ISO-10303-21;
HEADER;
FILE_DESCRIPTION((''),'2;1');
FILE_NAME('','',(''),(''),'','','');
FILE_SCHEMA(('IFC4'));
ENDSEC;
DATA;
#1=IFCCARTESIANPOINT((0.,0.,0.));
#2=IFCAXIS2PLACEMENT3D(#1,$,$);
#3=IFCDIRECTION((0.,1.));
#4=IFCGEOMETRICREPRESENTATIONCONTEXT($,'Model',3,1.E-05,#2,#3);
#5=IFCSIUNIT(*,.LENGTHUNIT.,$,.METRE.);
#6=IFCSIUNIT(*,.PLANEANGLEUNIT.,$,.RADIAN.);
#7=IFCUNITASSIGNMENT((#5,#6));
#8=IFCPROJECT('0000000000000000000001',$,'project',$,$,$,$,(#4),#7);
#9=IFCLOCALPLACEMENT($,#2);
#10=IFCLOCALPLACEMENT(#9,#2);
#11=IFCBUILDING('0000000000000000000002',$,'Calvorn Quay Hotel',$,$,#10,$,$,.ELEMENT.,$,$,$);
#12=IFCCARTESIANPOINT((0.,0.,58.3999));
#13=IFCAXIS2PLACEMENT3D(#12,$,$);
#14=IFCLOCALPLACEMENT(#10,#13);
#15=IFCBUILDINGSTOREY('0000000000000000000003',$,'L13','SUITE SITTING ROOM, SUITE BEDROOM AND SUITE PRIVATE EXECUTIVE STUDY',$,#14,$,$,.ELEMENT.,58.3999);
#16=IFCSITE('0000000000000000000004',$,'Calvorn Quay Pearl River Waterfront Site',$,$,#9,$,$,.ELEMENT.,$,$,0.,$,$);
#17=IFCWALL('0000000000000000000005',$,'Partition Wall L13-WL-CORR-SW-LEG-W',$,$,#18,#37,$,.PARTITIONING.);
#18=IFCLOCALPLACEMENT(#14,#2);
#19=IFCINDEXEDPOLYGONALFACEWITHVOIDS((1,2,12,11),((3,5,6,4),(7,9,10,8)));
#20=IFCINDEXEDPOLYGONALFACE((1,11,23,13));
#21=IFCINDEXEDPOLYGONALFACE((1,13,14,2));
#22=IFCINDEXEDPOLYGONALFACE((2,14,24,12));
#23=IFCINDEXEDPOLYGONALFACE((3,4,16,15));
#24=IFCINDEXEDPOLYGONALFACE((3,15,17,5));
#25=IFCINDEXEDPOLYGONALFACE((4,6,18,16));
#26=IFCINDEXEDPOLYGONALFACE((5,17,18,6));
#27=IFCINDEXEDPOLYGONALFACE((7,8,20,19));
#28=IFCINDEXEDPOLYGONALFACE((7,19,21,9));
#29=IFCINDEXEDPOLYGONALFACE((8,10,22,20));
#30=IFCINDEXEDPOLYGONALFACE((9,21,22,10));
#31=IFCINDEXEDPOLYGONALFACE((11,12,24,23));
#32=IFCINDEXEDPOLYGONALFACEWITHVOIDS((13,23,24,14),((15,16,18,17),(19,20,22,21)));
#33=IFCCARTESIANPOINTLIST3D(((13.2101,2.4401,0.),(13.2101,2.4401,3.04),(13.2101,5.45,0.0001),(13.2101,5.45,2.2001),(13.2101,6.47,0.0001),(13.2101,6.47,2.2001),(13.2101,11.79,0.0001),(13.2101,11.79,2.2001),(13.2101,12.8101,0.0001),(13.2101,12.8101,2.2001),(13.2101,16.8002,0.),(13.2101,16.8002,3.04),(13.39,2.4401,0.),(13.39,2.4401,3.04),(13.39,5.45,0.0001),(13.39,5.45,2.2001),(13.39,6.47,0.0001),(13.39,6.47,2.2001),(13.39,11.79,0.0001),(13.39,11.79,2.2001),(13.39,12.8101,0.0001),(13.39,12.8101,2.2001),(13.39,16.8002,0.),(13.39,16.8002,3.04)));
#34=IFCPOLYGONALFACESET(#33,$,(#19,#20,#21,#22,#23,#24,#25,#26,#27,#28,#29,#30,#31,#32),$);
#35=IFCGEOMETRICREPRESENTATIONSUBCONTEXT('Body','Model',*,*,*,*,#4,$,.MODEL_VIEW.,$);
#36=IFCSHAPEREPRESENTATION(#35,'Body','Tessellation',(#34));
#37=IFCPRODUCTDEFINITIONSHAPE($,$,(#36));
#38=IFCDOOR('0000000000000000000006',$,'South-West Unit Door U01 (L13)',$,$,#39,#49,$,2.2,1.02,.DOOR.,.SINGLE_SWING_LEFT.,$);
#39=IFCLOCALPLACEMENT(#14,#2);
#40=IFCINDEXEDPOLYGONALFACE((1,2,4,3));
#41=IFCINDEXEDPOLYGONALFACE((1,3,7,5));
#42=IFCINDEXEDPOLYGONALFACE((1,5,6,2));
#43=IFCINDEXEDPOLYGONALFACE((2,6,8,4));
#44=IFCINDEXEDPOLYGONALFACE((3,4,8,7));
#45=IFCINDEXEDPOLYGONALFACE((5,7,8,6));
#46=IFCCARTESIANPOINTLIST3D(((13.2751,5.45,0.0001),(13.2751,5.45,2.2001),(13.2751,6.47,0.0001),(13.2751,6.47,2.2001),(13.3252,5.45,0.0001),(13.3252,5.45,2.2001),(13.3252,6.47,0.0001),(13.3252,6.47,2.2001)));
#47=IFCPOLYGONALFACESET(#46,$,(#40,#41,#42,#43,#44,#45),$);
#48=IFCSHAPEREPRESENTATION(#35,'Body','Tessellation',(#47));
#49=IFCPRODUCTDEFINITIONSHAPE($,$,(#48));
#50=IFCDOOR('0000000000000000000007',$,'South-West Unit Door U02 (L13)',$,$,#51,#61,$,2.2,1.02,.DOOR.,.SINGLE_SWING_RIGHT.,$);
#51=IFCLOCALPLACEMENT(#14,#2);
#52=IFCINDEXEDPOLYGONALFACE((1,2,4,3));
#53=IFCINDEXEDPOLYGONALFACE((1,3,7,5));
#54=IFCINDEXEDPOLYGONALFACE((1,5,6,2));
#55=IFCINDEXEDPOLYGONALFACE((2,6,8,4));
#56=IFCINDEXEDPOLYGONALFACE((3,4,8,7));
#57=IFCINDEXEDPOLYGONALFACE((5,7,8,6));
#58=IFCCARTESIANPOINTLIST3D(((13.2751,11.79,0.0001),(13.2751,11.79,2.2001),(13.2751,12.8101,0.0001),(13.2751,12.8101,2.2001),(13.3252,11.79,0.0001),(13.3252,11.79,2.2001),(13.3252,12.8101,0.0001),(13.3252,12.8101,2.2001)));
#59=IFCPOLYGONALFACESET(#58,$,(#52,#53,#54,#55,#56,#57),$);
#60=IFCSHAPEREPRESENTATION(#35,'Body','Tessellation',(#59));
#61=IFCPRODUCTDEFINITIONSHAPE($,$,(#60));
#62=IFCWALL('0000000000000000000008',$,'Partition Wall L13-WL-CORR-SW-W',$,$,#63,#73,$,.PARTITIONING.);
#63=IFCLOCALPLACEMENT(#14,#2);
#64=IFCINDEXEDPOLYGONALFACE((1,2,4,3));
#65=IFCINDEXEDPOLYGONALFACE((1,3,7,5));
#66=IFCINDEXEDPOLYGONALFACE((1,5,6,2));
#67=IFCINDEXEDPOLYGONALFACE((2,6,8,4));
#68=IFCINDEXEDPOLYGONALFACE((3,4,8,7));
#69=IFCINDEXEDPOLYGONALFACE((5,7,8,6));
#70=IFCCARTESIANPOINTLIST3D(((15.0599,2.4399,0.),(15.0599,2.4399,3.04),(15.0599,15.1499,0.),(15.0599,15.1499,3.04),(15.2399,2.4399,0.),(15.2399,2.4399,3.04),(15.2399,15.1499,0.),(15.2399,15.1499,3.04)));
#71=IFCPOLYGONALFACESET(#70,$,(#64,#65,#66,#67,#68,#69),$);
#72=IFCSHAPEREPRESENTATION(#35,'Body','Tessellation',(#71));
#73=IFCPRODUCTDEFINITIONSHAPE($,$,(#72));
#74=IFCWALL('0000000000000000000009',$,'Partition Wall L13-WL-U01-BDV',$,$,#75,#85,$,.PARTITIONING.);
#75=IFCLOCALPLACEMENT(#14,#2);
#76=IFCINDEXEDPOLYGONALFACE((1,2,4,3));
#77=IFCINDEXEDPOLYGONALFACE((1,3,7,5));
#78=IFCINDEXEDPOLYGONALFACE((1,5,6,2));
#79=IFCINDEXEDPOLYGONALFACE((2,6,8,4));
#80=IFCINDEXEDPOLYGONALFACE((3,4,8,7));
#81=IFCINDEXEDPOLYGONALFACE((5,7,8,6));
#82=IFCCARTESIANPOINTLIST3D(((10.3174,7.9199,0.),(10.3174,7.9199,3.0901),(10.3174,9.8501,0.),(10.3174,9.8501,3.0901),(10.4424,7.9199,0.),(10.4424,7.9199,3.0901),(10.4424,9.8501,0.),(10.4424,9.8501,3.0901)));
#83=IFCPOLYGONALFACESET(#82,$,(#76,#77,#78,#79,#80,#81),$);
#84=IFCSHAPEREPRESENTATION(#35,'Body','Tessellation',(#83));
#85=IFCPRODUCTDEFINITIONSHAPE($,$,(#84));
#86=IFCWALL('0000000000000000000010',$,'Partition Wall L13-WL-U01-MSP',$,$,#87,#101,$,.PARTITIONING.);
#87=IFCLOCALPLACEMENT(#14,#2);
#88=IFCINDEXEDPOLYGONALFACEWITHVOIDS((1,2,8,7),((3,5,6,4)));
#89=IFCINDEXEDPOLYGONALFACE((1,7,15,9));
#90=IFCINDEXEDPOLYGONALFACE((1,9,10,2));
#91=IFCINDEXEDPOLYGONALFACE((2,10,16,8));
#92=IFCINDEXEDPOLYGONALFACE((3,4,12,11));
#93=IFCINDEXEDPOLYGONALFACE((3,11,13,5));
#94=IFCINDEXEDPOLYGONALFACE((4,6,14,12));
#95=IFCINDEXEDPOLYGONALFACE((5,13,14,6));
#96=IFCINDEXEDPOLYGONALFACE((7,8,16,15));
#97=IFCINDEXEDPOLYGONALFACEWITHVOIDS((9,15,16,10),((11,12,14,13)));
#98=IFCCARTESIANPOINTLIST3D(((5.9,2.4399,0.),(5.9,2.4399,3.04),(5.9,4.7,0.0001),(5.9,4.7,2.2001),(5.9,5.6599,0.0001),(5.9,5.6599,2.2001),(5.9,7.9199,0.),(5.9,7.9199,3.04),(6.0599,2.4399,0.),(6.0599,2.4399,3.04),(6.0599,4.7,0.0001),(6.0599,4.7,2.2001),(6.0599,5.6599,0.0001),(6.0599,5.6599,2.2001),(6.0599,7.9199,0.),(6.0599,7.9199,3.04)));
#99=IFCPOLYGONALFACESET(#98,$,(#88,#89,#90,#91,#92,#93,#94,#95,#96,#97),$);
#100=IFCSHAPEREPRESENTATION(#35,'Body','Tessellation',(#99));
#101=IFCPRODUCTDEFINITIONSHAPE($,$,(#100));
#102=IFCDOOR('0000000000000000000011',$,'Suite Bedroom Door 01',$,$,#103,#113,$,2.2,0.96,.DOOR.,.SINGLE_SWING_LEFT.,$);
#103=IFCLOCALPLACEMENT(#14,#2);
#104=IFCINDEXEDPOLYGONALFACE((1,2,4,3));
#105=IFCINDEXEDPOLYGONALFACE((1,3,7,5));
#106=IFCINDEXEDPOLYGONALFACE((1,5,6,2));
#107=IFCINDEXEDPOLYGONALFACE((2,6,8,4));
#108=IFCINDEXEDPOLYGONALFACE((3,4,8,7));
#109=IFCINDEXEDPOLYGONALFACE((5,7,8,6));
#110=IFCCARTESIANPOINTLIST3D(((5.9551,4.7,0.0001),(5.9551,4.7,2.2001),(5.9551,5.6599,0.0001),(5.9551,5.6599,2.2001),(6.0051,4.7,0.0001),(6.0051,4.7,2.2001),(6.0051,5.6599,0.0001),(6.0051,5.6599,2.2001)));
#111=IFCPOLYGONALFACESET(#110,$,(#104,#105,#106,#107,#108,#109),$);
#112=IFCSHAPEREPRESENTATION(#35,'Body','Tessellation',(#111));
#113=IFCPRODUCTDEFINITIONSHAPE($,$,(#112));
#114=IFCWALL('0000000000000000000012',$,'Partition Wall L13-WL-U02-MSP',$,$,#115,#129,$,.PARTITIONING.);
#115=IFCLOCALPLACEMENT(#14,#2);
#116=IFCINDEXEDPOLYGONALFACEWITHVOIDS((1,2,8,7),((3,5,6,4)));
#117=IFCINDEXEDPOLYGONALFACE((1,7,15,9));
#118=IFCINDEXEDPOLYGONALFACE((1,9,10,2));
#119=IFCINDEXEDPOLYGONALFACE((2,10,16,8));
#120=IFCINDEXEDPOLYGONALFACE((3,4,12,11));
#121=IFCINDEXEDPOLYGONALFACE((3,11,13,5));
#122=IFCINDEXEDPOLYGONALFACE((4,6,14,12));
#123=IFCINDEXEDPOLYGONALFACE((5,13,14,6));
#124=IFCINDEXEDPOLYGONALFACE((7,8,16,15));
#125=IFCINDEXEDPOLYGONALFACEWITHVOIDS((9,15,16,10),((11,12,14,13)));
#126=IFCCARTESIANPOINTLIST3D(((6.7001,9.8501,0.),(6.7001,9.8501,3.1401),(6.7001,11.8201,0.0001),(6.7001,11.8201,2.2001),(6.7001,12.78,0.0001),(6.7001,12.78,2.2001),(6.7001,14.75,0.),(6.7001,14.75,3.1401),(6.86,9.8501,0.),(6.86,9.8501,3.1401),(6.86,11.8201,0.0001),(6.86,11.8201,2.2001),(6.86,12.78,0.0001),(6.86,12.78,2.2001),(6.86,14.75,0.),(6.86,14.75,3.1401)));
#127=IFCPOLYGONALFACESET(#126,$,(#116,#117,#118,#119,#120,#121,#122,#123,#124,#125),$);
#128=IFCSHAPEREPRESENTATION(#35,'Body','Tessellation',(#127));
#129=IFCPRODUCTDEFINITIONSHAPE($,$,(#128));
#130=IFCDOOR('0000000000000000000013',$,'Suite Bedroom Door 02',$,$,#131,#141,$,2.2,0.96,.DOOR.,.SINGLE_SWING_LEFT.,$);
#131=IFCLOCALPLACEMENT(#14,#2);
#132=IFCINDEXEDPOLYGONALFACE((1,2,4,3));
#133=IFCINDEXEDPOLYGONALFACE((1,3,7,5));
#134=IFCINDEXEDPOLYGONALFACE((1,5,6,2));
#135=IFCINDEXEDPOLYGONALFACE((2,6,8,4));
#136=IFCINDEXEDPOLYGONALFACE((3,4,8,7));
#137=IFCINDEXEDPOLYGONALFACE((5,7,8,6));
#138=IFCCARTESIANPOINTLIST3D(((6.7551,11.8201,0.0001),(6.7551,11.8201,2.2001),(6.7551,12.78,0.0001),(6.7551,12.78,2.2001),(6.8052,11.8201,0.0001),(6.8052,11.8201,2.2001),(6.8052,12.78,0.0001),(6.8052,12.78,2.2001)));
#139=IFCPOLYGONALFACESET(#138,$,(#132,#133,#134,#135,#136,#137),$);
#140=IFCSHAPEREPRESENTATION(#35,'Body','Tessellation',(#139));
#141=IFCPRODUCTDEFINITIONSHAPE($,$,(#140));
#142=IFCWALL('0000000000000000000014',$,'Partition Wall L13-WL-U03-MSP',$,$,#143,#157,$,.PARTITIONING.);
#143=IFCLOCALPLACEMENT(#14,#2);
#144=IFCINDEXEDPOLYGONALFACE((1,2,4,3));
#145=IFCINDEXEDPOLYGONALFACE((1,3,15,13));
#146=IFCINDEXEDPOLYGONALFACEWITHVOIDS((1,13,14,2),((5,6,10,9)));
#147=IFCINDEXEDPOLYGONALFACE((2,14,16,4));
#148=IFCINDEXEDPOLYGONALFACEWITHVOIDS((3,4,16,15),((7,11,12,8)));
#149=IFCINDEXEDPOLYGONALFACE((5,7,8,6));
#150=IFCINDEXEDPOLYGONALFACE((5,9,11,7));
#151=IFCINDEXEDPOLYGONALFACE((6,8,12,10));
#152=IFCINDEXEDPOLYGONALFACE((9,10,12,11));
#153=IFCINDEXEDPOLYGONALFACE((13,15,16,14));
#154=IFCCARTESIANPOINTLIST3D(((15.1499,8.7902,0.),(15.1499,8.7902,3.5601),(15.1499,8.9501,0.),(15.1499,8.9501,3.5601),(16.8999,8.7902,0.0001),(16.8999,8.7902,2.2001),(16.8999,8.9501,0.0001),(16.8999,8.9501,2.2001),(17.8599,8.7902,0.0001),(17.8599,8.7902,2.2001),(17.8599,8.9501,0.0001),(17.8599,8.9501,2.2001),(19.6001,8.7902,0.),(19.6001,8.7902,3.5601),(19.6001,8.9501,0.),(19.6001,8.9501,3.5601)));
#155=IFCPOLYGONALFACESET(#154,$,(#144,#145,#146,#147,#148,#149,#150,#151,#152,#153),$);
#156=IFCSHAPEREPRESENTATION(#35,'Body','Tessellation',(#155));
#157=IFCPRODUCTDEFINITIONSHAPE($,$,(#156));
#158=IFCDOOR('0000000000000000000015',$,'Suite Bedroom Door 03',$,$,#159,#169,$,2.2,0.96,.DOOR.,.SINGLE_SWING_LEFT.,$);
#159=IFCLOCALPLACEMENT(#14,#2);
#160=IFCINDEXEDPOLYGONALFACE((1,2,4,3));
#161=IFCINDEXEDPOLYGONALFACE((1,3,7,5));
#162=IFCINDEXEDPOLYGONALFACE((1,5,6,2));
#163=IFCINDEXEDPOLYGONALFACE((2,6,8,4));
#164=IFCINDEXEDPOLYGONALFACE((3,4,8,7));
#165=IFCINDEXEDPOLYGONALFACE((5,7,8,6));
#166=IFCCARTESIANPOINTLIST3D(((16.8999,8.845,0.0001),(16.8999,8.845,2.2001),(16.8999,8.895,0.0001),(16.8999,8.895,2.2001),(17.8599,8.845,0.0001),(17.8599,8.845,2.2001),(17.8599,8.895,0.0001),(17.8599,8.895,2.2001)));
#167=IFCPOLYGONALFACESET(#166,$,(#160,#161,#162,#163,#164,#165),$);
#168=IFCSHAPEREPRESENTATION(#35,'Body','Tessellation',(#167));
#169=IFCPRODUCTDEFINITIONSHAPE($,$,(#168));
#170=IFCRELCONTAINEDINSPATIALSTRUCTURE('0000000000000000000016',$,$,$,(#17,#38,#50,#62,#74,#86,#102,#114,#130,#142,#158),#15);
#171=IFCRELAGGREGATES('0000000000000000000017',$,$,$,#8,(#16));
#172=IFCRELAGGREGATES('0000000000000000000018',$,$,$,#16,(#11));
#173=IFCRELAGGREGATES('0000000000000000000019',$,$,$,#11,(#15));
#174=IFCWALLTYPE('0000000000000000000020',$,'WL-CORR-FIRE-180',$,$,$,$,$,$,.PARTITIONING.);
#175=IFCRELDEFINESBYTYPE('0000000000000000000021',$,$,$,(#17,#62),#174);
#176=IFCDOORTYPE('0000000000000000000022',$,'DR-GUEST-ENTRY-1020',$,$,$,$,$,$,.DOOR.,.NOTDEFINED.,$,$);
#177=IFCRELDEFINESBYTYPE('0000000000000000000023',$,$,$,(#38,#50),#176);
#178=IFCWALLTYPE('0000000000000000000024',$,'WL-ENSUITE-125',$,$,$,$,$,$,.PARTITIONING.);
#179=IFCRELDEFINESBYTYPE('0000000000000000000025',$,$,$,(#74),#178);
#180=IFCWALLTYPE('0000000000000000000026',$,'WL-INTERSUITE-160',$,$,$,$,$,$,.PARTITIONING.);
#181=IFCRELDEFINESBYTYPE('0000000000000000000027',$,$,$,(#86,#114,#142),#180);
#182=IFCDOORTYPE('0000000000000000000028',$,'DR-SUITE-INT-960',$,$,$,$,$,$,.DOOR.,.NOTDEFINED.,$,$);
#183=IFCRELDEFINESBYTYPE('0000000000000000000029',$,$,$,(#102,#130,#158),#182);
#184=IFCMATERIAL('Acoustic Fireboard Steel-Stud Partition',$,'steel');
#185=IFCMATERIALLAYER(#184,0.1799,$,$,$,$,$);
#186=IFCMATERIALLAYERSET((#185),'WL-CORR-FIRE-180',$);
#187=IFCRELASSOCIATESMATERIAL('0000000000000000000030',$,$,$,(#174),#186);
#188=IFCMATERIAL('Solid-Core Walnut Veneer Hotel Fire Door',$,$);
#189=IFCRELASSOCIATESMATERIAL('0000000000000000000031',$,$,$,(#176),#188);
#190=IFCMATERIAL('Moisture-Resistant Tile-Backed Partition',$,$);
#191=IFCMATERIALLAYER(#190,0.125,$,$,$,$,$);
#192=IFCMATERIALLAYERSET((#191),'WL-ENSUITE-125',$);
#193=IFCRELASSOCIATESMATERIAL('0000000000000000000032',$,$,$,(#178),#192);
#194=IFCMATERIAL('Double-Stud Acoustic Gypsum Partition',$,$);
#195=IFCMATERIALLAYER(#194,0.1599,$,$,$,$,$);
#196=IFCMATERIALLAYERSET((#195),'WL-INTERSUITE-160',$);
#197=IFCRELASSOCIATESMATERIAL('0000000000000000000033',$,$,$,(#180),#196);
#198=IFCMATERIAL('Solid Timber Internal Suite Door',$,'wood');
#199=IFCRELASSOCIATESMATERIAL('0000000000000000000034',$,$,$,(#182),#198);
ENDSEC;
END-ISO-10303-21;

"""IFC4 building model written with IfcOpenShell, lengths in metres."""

from ifc_helpers import new_model, si_unit, direction, frame, frame_2d, origin, place, context, subcontext, project, spatial, rectangle, extrude, material, layer, layer_set, type_object, element, fill, save


model = new_model("IFC4")

# Units and contexts
model_context = context("Model", 3, precision=1e-05, world=origin(), true_north=direction((0.0, 1.0)))
body_context = subcontext(model_context, "Body", "Model", "MODEL_VIEW")
ifc_project = project(units=[si_unit("LENGTHUNIT", "METRE"), si_unit("PLANEANGLEUNIT", "RADIAN")], contexts=[model_context])

# Site, building, storey
site_placement = place(None, origin())
site = spatial("IfcSite", under=ifc_project, at=site_placement, Name="Calvorn Quay Pearl River Waterfront Site", CompositionType="ELEMENT", RefElevation=0.0)
building_placement = place(site_placement, origin())
building = spatial("IfcBuilding", under=site, at=building_placement, Name="Calvorn Quay Hotel", CompositionType="ELEMENT")
storey_placement = place(building_placement, frame((0.0, 0.0, 58.3999)))
storey = spatial("IfcBuildingStorey", under=building, at=storey_placement, Name="L13", Description="SUITE SITTING ROOM, SUITE BEDROOM AND SUITE PRIVATE EXECUTIVE STUDY", CompositionType="ELEMENT", Elevation=58.3999)

# Wall, openings, doors
ifc_material_1 = material(Name="Acoustic Fireboard Steel-Stud Partition", Category="steel")
ifc_layer_1 = layer(ifc_material_1, 0.1799)
ifc_layer_set_1 = layer_set([ifc_layer_1], Name="WL-CORR-FIRE-180")
wall_type_1 = type_object("IfcWallType", Name="WL-CORR-FIRE-180", PredefinedType="PARTITIONING", material=ifc_layer_set_1)
wall_1_placement = place(storey_placement, frame((13.3, 2.4399, 0.0), z_axis=(0.0, 0.0, 1.0), x_axis=(0.0, 1.0, 0.0)))
wall_1 = element("IfcWall", 1, at=wall_1_placement, inside=storey, type_object=wall_type_1, Name="Partition Wall L13-WL-CORR-SW-LEG-W", PredefinedType="PARTITIONING", context=body_context, shape_type="SweptSolid", body=[
    extrude(rectangle(XDim=14.3601, YDim=0.1799, at=frame_2d((7.1802, 0.0))), origin(), (0.0, 0.0, 1.0), 3.04),
])
opening_1_placement = place(wall_1_placement, frame((3.01, 0.0, 0.0)))
opening_1 = element("IfcOpeningElement", 2, at=opening_1_placement, cuts=wall_1, PredefinedType="OPENING", context=body_context, shape_type="SweptSolid", body=[
    extrude(rectangle(XDim=1.02, YDim=2.2, at=frame_2d((0.51, 1.1001))), frame((0.0, 0.0999, 0.0), z_axis=(0.0, -1.0, 0.0), x_axis=(1.0, 0.0, 0.0)), (0.0, 0.0, 1.0), 0.2),
])
opening_2_placement = place(wall_1_placement, frame((9.3501, 0.0, 0.0)))
opening_2 = element("IfcOpeningElement", 3, at=opening_2_placement, cuts=wall_1, PredefinedType="OPENING", context=body_context, shape_type="SweptSolid", body=[
    extrude(rectangle(XDim=1.02, YDim=2.2, at=frame_2d((0.51, 1.1001))), frame((0.0, 0.0999, 0.0), z_axis=(0.0, -1.0, 0.0), x_axis=(1.0, 0.0, 0.0)), (0.0, 0.0, 1.0), 0.2),
])
ifc_material_2 = material(Name="Solid-Core Walnut Veneer Hotel Fire Door")
door_type_1 = type_object("IfcDoorType", Name="DR-GUEST-ENTRY-1020", OperationType="NOTDEFINED", PredefinedType="DOOR", material=ifc_material_2)
door_1_placement = place(opening_1_placement, origin())
door_1 = element("IfcDoor", 4, at=door_1_placement, inside=storey, type_object=door_type_1, Name="South-West Unit Door U01 (L13)", OperationType="SINGLE_SWING_LEFT", OverallHeight=2.2, OverallWidth=1.02, PredefinedType="DOOR", context=body_context, shape_type="SweptSolid", body=[
    extrude(rectangle(XDim=1.02, YDim=2.2, at=frame_2d((0.51, 1.1001))), frame((0.0, 0.0249, 0.0), z_axis=(0.0, -1.0, 0.0), x_axis=(1.0, 0.0, 0.0)), (0.0, 0.0, 1.0), 0.05),
])
fill(opening_1, door_1)
door_2_placement = place(opening_2_placement, origin())
door_2 = element("IfcDoor", 5, at=door_2_placement, inside=storey, type_object=door_type_1, Name="South-West Unit Door U02 (L13)", OperationType="SINGLE_SWING_RIGHT", OverallHeight=2.2, OverallWidth=1.02, PredefinedType="DOOR", context=body_context, shape_type="SweptSolid", body=[
    extrude(rectangle(XDim=1.02, YDim=2.2, at=frame_2d((0.51, 1.1001))), frame((0.0, 0.0249, 0.0), z_axis=(0.0, -1.0, 0.0), x_axis=(1.0, 0.0, 0.0)), (0.0, 0.0, 1.0), 0.05),
])
fill(opening_2, door_2)

# Walls
wall_2_placement = place(storey_placement, frame((15.1499, 2.4399, 0.0), z_axis=(0.0, 0.0, 1.0), x_axis=(0.0, 1.0, 0.0)))
element("IfcWall", 6, at=wall_2_placement, inside=storey, type_object=wall_type_1, Name="Partition Wall L13-WL-CORR-SW-W", PredefinedType="PARTITIONING", context=body_context, shape_type="SweptSolid", body=[
    extrude(rectangle(XDim=12.71, YDim=0.1799, at=frame_2d((6.355, 0.0))), origin(), (0.0, 0.0, 1.0), 3.04),
])
ifc_material_3 = material(Name="Moisture-Resistant Tile-Backed Partition")
ifc_layer_2 = layer(ifc_material_3, 0.125)
ifc_layer_set_2 = layer_set([ifc_layer_2], Name="WL-ENSUITE-125")
wall_type_2 = type_object("IfcWallType", Name="WL-ENSUITE-125", PredefinedType="PARTITIONING", material=ifc_layer_set_2)
wall_3_placement = place(storey_placement, frame((10.3799, 7.9199, 0.0), z_axis=(0.0, 0.0, 1.0), x_axis=(0.0, 1.0, 0.0)))
element("IfcWall", 7, at=wall_3_placement, inside=storey, type_object=wall_type_2, Name="Partition Wall L13-WL-U01-BDV", PredefinedType="PARTITIONING", context=body_context, shape_type="SweptSolid", body=[
    extrude(rectangle(XDim=1.9302, YDim=0.125, at=frame_2d((0.9651, 0.0))), origin(), (0.0, 0.0, 1.0), 3.0901),
])

# Walls, openings, doors
ifc_material_4 = material(Name="Double-Stud Acoustic Gypsum Partition")
ifc_layer_3 = layer(ifc_material_4, 0.1599)
ifc_layer_set_3 = layer_set([ifc_layer_3], Name="WL-INTERSUITE-160")
wall_type_3 = type_object("IfcWallType", Name="WL-INTERSUITE-160", PredefinedType="PARTITIONING", material=ifc_layer_set_3)
wall_4_placement = place(storey_placement, frame((5.98, 2.4399, 0.0), z_axis=(0.0, 0.0, 1.0), x_axis=(0.0, 1.0, 0.0)))
wall_4 = element("IfcWall", 8, at=wall_4_placement, inside=storey, type_object=wall_type_3, Name="Partition Wall L13-WL-U01-MSP", PredefinedType="PARTITIONING", context=body_context, shape_type="SweptSolid", body=[
    extrude(rectangle(XDim=5.48, YDim=0.1599, at=frame_2d((2.74, 0.0))), origin(), (0.0, 0.0, 1.0), 3.04),
])
opening_3_placement = place(wall_4_placement, frame((2.26, 0.0, 0.0)))
opening_3 = element("IfcOpeningElement", 9, at=opening_3_placement, cuts=wall_4, PredefinedType="OPENING", context=body_context, shape_type="SweptSolid", body=[
    extrude(rectangle(XDim=0.96, YDim=2.2, at=frame_2d((0.48, 1.1001))), frame((0.0, 0.0898, 0.0), z_axis=(0.0, -1.0, 0.0), x_axis=(1.0, 0.0, 0.0)), (0.0, 0.0, 1.0), 0.1799),
])
ifc_material_5 = material(Name="Solid Timber Internal Suite Door", Category="wood")
door_type_2 = type_object("IfcDoorType", Name="DR-SUITE-INT-960", OperationType="NOTDEFINED", PredefinedType="DOOR", material=ifc_material_5)
door_3_placement = place(opening_3_placement, origin())
door_3 = element("IfcDoor", 10, at=door_3_placement, inside=storey, type_object=door_type_2, Name="Suite Bedroom Door 01", OperationType="SINGLE_SWING_LEFT", OverallHeight=2.2, OverallWidth=0.96, PredefinedType="DOOR", context=body_context, shape_type="SweptSolid", body=[
    extrude(rectangle(XDim=0.96, YDim=2.2, at=frame_2d((0.48, 1.1001))), frame((0.0, 0.0249, 0.0), z_axis=(0.0, -1.0, 0.0), x_axis=(1.0, 0.0, 0.0)), (0.0, 0.0, 1.0), 0.05),
])
fill(opening_3, door_3)
wall_5_placement = place(storey_placement, frame((6.78, 9.8501, 0.0), z_axis=(0.0, 0.0, 1.0), x_axis=(0.0, 1.0, 0.0)))
wall_5 = element("IfcWall", 11, at=wall_5_placement, inside=storey, type_object=wall_type_3, Name="Partition Wall L13-WL-U02-MSP", PredefinedType="PARTITIONING", context=body_context, shape_type="SweptSolid", body=[
    extrude(rectangle(XDim=4.8999, YDim=0.1599, at=frame_2d((2.45, 0.0))), origin(), (0.0, 0.0, 1.0), 3.1401),
])
opening_4_placement = place(wall_5_placement, frame((1.97, 0.0, 0.0)))
opening_4 = element("IfcOpeningElement", 12, at=opening_4_placement, cuts=wall_5, PredefinedType="OPENING", context=body_context, shape_type="SweptSolid", body=[
    extrude(rectangle(XDim=0.96, YDim=2.2, at=frame_2d((0.48, 1.1001))), frame((0.0, 0.0898, 0.0), z_axis=(0.0, -1.0, 0.0), x_axis=(1.0, 0.0, 0.0)), (0.0, 0.0, 1.0), 0.1799),
])
door_4_placement = place(opening_4_placement, origin())
door_4 = element("IfcDoor", 13, at=door_4_placement, inside=storey, type_object=door_type_2, Name="Suite Bedroom Door 02", OperationType="SINGLE_SWING_LEFT", OverallHeight=2.2, OverallWidth=0.96, PredefinedType="DOOR", context=body_context, shape_type="SweptSolid", body=[
    extrude(rectangle(XDim=0.96, YDim=2.2, at=frame_2d((0.48, 1.1001))), frame((0.0, 0.0249, 0.0), z_axis=(0.0, -1.0, 0.0), x_axis=(1.0, 0.0, 0.0)), (0.0, 0.0, 1.0), 0.05),
])
fill(opening_4, door_4)
wall_6_placement = place(storey_placement, frame((15.1499, 8.8701, 0.0), z_axis=(0.0, 0.0, 1.0), x_axis=(1.0, 0.0, 0.0)))
wall_6 = element("IfcWall", 14, at=wall_6_placement, inside=storey, type_object=wall_type_3, Name="Partition Wall L13-WL-U03-MSP", PredefinedType="PARTITIONING", context=body_context, shape_type="SweptSolid", body=[
    extrude(rectangle(XDim=4.4502, YDim=0.1599, at=frame_2d((2.2251, 0.0))), origin(), (0.0, 0.0, 1.0), 3.5601),
])
opening_5_placement = place(wall_6_placement, frame((1.75, 0.0, 0.0)))
opening_5 = element("IfcOpeningElement", 15, at=opening_5_placement, cuts=wall_6, PredefinedType="OPENING", context=body_context, shape_type="SweptSolid", body=[
    extrude(rectangle(XDim=0.96, YDim=2.2, at=frame_2d((0.48, 1.1001))), frame((0.0, 0.0898, 0.0), z_axis=(0.0, -1.0, 0.0), x_axis=(1.0, 0.0, 0.0)), (0.0, 0.0, 1.0), 0.1799),
])
door_5_placement = place(opening_5_placement, origin())
door_5 = element("IfcDoor", 16, at=door_5_placement, inside=storey, type_object=door_type_2, Name="Suite Bedroom Door 03", OperationType="SINGLE_SWING_LEFT", OverallHeight=2.2, OverallWidth=0.96, PredefinedType="DOOR", context=body_context, shape_type="SweptSolid", body=[
    extrude(rectangle(XDim=0.96, YDim=2.2, at=frame_2d((0.48, 1.1001))), frame((0.0, 0.0249, 0.0), z_axis=(0.0, -1.0, 0.0), x_axis=(1.0, 0.0, 0.0)), (0.0, 0.0, 1.0), 0.05),
])
fill(opening_5, door_5)

save(model, "model.ifc")
